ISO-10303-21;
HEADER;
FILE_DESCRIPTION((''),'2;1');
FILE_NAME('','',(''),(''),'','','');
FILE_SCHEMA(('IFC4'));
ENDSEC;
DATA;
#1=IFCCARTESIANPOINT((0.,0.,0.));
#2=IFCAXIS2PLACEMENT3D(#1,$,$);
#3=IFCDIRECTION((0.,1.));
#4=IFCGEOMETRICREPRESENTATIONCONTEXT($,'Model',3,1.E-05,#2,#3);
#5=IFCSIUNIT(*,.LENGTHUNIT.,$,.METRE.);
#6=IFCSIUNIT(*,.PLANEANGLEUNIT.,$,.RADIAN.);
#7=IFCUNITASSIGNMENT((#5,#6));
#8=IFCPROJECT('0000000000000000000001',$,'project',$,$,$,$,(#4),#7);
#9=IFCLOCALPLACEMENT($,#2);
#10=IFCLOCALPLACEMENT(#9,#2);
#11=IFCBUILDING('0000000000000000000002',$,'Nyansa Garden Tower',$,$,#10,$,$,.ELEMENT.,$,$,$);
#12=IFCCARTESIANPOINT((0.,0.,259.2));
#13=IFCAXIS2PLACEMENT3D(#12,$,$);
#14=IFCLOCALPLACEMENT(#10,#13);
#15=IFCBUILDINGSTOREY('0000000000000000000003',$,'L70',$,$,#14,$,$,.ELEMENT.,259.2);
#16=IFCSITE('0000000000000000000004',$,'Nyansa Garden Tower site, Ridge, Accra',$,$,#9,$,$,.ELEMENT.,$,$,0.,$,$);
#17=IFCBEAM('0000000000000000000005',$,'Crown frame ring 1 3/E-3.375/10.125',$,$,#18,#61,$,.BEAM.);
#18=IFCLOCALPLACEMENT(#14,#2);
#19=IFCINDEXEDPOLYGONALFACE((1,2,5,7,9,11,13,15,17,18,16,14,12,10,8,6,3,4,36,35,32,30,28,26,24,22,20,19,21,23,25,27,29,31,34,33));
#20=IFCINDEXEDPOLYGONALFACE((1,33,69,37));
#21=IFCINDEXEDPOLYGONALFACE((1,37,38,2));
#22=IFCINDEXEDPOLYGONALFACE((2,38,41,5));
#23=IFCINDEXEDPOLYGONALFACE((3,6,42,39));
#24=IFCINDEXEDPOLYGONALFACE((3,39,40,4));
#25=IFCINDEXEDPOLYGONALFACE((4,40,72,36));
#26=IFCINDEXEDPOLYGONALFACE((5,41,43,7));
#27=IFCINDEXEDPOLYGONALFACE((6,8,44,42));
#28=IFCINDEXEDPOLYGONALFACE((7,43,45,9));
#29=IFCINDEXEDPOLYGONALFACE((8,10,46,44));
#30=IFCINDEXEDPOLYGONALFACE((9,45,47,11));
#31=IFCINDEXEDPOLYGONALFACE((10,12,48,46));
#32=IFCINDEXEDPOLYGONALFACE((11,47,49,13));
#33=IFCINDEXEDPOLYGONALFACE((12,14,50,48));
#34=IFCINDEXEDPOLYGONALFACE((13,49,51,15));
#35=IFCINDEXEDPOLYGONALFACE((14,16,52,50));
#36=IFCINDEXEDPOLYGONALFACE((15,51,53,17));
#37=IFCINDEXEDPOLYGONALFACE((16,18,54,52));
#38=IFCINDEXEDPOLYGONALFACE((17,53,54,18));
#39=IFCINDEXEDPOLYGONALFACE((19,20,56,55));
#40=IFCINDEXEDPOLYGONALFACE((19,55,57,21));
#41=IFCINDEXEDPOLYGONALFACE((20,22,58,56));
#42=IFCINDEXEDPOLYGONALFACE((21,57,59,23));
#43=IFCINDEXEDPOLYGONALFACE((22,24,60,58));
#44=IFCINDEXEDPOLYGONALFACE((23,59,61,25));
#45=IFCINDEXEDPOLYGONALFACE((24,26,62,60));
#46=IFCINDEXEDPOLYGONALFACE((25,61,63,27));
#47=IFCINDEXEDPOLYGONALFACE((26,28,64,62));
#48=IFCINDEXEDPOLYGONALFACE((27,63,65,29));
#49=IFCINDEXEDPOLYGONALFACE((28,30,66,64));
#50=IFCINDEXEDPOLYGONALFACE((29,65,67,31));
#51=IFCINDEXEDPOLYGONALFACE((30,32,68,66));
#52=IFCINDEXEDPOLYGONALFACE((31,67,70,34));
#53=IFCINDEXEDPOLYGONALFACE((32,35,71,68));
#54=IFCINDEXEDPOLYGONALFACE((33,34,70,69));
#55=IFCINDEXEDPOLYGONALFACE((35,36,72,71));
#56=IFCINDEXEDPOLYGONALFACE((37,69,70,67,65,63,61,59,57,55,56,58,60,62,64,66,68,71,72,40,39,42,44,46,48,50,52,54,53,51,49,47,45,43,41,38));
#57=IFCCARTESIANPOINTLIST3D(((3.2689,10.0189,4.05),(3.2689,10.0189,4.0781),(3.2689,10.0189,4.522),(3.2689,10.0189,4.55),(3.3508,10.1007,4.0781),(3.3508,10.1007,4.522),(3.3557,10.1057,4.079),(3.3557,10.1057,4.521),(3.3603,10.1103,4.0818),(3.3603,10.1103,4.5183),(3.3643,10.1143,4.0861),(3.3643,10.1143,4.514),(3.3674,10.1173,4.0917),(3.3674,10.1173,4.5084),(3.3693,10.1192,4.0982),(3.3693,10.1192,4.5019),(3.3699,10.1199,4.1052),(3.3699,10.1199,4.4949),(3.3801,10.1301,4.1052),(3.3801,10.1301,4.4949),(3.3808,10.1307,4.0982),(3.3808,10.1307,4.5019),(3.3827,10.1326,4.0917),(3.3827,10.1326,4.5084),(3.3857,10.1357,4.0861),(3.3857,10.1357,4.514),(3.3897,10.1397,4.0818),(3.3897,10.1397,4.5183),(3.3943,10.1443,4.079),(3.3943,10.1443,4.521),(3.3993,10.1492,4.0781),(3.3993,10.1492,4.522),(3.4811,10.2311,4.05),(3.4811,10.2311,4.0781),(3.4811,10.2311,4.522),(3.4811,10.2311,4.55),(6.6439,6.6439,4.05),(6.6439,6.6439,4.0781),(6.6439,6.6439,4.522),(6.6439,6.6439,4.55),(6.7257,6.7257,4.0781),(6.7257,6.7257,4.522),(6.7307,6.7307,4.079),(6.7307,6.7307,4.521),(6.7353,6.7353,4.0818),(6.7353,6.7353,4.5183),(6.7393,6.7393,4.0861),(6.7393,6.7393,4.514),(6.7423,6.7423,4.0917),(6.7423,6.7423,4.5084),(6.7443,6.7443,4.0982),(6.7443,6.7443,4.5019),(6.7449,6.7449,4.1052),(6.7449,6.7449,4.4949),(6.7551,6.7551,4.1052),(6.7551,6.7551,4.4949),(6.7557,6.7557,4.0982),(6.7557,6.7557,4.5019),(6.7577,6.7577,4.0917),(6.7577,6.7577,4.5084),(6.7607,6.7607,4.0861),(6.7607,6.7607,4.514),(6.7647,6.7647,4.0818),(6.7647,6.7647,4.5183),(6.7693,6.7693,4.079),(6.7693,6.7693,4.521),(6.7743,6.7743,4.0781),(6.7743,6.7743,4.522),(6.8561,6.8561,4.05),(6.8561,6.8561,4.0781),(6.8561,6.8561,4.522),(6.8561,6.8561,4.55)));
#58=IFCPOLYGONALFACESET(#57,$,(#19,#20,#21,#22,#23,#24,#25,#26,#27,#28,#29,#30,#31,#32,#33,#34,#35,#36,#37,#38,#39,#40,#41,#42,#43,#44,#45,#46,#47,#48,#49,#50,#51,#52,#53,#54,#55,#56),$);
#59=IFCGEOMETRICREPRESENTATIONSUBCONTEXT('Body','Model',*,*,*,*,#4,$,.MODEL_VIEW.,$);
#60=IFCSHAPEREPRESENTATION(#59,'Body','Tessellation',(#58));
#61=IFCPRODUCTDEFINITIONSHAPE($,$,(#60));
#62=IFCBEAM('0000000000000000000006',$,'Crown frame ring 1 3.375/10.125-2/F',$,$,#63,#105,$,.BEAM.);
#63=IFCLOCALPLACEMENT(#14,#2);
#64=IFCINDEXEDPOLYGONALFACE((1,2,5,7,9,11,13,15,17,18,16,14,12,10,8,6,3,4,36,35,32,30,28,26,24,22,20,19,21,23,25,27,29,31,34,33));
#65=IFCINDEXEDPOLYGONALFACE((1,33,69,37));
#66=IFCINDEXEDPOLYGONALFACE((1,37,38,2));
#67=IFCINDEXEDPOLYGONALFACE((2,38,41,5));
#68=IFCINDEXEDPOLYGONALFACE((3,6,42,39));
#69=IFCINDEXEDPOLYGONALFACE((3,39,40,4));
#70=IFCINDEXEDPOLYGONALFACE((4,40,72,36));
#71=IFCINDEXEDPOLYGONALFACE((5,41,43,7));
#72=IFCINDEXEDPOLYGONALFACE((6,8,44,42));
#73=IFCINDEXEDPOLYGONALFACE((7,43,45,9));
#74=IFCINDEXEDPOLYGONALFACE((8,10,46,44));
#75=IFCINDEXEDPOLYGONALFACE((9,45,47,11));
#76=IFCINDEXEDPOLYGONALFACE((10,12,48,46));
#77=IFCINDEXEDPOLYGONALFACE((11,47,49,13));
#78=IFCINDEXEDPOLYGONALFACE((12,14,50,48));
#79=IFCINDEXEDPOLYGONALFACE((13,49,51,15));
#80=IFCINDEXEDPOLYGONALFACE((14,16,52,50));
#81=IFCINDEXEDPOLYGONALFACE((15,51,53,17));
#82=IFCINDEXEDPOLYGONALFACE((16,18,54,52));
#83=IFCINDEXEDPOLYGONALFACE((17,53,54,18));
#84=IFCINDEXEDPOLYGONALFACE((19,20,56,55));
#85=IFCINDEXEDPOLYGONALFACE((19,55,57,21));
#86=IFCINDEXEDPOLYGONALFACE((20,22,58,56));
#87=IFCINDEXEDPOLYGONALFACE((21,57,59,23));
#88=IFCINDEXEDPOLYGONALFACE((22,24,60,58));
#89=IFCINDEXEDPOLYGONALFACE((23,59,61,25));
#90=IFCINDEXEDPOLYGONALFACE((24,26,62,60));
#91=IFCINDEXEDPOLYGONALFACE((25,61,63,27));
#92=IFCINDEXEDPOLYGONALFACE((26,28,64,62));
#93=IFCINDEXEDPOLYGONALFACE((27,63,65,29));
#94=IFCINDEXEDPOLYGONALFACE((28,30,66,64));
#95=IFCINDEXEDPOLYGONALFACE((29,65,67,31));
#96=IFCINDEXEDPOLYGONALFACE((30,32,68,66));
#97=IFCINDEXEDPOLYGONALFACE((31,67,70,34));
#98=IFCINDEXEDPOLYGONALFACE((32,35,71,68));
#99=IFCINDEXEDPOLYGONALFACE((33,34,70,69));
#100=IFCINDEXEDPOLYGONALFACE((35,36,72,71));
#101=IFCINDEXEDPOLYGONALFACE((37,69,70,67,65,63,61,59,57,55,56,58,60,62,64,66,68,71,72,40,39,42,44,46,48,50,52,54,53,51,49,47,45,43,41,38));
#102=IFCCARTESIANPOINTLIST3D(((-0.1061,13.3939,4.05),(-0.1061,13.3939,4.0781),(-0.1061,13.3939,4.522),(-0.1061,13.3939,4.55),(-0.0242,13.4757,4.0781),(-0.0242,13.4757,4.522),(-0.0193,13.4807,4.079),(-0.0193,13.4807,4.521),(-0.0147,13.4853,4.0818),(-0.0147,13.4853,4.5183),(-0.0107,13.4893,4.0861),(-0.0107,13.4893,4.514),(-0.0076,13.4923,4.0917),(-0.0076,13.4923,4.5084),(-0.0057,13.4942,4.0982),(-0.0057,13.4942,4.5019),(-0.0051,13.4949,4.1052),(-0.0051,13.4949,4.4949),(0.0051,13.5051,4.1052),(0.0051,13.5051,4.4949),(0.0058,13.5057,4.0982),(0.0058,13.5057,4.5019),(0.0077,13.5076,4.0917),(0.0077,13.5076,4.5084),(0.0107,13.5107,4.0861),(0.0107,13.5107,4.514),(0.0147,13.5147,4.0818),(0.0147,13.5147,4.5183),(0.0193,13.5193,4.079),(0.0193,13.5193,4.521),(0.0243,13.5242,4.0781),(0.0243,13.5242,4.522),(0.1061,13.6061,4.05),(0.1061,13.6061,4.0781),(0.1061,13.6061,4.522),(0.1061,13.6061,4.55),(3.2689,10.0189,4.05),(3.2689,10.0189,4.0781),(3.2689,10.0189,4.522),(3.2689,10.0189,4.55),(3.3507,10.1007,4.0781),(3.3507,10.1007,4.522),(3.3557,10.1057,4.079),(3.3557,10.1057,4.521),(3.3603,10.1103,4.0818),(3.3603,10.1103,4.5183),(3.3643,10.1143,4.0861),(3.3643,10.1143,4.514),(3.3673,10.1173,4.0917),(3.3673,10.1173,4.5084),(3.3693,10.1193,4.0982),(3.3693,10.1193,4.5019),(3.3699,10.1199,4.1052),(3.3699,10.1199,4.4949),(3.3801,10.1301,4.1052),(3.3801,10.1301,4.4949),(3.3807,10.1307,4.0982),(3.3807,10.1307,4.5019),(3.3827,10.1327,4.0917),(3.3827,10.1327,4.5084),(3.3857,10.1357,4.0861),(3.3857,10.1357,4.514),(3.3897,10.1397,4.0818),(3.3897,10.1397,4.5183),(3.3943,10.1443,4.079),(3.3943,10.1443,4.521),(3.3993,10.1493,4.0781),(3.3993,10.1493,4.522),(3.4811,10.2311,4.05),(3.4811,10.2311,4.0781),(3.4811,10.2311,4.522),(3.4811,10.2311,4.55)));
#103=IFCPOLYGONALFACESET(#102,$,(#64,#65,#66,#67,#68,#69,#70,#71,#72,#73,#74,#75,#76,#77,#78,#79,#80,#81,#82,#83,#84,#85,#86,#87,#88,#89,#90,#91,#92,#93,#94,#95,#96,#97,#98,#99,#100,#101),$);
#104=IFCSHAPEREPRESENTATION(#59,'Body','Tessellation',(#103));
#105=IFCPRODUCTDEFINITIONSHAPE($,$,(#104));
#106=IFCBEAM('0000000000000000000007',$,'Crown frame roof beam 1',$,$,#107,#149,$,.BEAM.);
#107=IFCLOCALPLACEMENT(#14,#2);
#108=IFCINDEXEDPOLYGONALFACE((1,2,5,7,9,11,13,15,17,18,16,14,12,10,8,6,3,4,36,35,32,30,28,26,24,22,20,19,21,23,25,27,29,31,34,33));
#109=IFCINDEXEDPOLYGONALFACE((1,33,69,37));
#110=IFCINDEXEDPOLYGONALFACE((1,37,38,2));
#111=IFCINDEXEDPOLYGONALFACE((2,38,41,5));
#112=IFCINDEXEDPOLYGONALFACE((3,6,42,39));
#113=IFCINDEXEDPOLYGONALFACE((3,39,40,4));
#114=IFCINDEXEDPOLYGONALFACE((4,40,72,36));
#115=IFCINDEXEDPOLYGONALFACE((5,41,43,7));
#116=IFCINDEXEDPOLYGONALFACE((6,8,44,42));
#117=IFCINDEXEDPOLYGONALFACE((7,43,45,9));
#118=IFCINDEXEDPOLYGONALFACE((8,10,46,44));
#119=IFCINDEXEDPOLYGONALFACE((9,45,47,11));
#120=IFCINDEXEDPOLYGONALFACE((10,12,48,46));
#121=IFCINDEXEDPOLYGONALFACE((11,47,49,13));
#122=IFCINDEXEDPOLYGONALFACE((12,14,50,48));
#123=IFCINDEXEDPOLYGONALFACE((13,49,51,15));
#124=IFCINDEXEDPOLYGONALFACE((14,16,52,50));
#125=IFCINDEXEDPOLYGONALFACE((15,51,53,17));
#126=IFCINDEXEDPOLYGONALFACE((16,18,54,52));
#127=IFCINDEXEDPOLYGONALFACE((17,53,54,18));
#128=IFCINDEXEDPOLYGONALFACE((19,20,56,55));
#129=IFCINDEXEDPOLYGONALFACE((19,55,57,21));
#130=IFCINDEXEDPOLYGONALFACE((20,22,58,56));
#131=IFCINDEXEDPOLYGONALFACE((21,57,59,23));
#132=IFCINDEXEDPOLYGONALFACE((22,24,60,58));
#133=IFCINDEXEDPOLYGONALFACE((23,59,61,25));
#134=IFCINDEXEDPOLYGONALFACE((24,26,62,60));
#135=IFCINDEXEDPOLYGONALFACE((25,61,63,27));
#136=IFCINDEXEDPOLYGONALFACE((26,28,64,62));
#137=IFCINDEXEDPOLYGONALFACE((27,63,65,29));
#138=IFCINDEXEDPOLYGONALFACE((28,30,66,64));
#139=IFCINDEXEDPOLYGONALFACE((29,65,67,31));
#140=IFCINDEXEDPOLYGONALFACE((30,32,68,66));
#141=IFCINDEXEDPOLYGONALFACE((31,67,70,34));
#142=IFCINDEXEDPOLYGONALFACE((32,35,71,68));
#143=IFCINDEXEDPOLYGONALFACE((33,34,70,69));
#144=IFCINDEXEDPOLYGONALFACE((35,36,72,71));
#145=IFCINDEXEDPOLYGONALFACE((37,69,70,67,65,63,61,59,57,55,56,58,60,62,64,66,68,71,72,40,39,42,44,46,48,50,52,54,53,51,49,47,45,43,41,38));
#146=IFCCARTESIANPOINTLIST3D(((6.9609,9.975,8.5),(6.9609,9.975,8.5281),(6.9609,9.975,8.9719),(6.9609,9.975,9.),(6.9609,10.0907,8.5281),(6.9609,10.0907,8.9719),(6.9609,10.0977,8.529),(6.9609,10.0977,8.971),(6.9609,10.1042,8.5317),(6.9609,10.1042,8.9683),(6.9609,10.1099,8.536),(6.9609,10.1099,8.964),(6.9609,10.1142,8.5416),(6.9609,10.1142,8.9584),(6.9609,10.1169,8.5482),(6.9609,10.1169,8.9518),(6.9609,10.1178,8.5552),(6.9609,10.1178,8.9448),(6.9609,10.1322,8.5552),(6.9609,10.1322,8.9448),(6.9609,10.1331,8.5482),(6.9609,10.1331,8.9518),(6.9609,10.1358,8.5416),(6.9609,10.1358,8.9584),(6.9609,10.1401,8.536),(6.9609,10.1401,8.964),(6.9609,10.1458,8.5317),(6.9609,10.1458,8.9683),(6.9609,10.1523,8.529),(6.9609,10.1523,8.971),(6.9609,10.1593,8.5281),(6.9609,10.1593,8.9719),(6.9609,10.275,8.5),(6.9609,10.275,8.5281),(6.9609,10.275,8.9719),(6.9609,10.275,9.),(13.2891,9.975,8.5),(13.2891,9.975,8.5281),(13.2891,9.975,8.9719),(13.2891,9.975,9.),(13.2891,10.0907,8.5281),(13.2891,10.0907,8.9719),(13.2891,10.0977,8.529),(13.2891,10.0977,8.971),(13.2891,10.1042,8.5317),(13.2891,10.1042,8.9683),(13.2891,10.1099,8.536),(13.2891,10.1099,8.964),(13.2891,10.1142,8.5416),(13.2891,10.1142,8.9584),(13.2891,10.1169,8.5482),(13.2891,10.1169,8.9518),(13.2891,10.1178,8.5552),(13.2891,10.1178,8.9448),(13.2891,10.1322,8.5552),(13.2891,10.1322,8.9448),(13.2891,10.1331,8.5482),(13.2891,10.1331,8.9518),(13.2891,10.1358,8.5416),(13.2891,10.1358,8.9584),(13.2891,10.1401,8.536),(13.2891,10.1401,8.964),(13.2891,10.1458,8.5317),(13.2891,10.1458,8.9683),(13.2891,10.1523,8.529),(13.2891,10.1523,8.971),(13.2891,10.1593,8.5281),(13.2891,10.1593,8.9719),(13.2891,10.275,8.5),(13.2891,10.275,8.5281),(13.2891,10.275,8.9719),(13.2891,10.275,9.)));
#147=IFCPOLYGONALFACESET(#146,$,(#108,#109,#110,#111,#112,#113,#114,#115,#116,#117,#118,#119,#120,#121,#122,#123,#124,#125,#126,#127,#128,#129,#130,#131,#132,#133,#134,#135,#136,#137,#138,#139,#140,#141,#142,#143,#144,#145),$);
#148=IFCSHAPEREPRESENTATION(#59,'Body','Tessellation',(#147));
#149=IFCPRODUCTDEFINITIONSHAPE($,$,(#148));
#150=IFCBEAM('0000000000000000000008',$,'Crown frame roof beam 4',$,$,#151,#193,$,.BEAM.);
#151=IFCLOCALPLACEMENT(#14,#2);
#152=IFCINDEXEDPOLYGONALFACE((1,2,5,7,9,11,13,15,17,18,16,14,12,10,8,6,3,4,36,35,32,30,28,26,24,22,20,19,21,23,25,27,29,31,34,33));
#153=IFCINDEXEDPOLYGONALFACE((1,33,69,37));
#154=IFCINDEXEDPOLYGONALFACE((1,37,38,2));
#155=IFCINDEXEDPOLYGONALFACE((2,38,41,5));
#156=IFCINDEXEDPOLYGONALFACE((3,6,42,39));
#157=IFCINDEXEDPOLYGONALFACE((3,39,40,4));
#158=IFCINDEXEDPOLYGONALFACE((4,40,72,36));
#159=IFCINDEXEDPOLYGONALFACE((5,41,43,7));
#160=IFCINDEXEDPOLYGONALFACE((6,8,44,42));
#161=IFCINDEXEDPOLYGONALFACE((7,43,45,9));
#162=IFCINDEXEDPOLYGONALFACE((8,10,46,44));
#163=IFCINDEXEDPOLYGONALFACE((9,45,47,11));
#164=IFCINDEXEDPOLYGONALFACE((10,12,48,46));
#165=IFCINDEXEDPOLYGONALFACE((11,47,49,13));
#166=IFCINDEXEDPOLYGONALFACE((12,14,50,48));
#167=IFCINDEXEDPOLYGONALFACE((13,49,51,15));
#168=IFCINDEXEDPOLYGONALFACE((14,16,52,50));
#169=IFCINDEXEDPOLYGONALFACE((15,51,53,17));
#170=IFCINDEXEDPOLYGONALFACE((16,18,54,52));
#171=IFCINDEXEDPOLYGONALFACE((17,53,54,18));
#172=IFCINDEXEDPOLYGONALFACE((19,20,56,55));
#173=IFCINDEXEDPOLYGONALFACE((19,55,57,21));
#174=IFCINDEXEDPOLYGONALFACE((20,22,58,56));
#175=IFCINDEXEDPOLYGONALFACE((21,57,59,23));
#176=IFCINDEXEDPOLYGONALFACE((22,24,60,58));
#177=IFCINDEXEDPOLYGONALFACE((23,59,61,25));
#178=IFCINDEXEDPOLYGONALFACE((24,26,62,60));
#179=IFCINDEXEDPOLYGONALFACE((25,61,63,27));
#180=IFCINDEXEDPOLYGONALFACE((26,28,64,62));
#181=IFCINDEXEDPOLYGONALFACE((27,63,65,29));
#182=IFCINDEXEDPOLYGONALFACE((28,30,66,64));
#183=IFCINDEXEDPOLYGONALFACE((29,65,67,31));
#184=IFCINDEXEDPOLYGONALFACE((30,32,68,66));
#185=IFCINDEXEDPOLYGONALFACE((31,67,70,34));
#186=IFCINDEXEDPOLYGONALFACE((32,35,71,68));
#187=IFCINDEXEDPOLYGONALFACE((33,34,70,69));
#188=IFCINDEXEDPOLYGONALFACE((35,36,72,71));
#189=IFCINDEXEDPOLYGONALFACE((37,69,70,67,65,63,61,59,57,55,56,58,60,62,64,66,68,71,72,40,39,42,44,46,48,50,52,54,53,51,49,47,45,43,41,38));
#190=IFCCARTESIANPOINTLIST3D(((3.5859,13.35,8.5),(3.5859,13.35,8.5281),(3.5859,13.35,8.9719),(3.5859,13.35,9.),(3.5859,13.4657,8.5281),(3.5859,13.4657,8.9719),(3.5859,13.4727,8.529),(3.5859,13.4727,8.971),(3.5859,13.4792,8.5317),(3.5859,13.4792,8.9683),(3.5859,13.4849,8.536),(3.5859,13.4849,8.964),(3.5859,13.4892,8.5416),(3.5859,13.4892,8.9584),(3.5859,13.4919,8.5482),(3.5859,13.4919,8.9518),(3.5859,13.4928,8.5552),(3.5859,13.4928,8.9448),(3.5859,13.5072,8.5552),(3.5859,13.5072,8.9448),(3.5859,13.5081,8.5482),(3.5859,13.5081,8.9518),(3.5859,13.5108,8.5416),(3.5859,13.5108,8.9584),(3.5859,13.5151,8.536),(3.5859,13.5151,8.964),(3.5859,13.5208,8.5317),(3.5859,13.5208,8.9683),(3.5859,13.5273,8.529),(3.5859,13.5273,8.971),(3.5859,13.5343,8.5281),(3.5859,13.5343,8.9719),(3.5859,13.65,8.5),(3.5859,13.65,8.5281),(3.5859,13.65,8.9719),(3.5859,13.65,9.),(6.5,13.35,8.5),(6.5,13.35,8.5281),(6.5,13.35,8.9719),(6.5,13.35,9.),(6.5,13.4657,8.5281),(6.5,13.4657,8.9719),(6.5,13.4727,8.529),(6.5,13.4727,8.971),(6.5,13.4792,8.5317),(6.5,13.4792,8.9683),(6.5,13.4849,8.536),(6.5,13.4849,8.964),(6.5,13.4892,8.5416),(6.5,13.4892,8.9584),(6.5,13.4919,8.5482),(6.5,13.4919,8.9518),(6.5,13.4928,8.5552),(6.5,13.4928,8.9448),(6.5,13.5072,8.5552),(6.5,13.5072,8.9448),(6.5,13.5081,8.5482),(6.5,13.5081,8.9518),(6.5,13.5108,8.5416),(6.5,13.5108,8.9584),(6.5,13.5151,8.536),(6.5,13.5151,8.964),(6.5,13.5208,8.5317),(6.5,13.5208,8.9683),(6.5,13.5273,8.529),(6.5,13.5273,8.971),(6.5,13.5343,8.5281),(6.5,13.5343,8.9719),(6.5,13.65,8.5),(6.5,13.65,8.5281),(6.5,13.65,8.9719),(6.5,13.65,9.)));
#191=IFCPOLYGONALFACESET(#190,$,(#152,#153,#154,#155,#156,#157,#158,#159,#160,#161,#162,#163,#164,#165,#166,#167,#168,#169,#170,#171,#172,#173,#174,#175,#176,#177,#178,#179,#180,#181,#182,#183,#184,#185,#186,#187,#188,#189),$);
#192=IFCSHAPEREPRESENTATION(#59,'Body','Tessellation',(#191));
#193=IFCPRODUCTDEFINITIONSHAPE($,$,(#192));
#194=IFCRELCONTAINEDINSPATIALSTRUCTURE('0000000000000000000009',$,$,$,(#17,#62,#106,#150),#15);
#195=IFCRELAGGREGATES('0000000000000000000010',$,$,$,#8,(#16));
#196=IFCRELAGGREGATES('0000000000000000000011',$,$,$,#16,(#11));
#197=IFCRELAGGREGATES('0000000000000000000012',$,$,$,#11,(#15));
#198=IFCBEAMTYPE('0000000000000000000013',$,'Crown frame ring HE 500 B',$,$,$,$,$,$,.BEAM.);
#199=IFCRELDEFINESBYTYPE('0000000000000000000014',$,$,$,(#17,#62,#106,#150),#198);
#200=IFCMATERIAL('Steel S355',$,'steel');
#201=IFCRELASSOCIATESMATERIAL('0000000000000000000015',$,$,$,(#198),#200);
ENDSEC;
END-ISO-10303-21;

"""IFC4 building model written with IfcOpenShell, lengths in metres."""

from ifc_helpers import new_model, si_unit, direction, frame, origin, origin_2d, place, context, subcontext, project, spatial, i_section, extrude, material, material_profile, profile_set, type_object, element, save


model = new_model("IFC4")

# Units and contexts
model_context = context("Model", 3, precision=1e-05, world=origin(), true_north=direction((0.0, 1.0)))
body_context = subcontext(model_context, "Body", "Model", "MODEL_VIEW")
ifc_project = project(units=[si_unit("LENGTHUNIT", "METRE"), si_unit("PLANEANGLEUNIT", "RADIAN")], contexts=[model_context])

# Site, building, storey
site_placement = place(None, origin())
site = spatial("IfcSite", under=ifc_project, at=site_placement, Name="Nyansa Garden Tower site, Ridge, Accra", CompositionType="ELEMENT", RefElevation=0.0)
building_placement = place(site_placement, origin())
building = spatial("IfcBuilding", under=site, at=building_placement, Name="Nyansa Garden Tower", CompositionType="ELEMENT")
storey_placement = place(building_placement, frame((0.0, 0.0, 259.2)))
storey = spatial("IfcBuildingStorey", under=building, at=storey_placement, Name="L70", CompositionType="ELEMENT", Elevation=259.2)

# Beams
ifc_material_1 = material(Name="Steel S355", Category="steel")
ifc_material_profile_1 = material_profile(ifc_material_1, i_section(OverallWidth=0.3, OverallDepth=0.5, WebThickness=0.0144, FlangeThickness=0.0281, FilletRadius=0.0271, at=origin_2d()), Name="HE 500 B")
ifc_profile_set_1 = profile_set([ifc_material_profile_1], Name="Steel S355")
beam_type_1 = type_object("IfcBeamType", Name="Crown frame ring HE 500 B", PredefinedType="BEAM", material=ifc_profile_set_1)
for number, where, z_axis, x_axis, name in (
    (1, (6.75, 6.75, 4.3), (-0.707107, 0.707107, 0.0), (-0.707107, -0.707107, 0.0), "Crown frame ring 1 3/E-3.375/10.125"),
    (2, (3.375, 10.125, 4.3), (-0.707107, 0.707107, 0.0), (-0.707107, -0.707107, 0.0), "Crown frame ring 1 3.375/10.125-2/F"),
):
    element("IfcBeam", number, at=place(storey_placement, frame(where, z_axis=z_axis, x_axis=x_axis)), inside=storey, type_object=beam_type_1, Name=name, PredefinedType="BEAM", context=body_context, shape_type="SweptSolid", body=[
        extrude(i_section(OverallWidth=0.3, OverallDepth=0.5, WebThickness=0.0144, FlangeThickness=0.0281, FilletRadius=0.0271, at=origin_2d()), origin(), (0.0, 0.0, 1.0), 4.7729),
    ])
beam_1_placement = place(storey_placement, frame((6.9609, 10.125, 8.75), z_axis=(1.0, 0.0, 0.0), x_axis=(0.0, 1.0, 0.0)))
element("IfcBeam", 3, at=beam_1_placement, inside=storey, type_object=beam_type_1, Name="Crown frame roof beam 1", PredefinedType="BEAM", context=body_context, shape_type="SweptSolid", body=[
    extrude(i_section(OverallWidth=0.3, OverallDepth=0.5, WebThickness=0.0144, FlangeThickness=0.0281, FilletRadius=0.0271, at=origin_2d()), origin(), (0.0, 0.0, 1.0), 6.3281),
])
beam_2_placement = place(storey_placement, frame((3.5859, 13.5, 8.75), z_axis=(1.0, 0.0, 0.0), x_axis=(0.0, 1.0, 0.0)))
element("IfcBeam", 4, at=beam_2_placement, inside=storey, type_object=beam_type_1, Name="Crown frame roof beam 4", PredefinedType="BEAM", context=body_context, shape_type="SweptSolid", body=[
    extrude(i_section(OverallWidth=0.3, OverallDepth=0.5, WebThickness=0.0144, FlangeThickness=0.0281, FilletRadius=0.0271, at=origin_2d()), origin(), (0.0, 0.0, 1.0), 2.9141),
])

save(model, "model.ifc")
